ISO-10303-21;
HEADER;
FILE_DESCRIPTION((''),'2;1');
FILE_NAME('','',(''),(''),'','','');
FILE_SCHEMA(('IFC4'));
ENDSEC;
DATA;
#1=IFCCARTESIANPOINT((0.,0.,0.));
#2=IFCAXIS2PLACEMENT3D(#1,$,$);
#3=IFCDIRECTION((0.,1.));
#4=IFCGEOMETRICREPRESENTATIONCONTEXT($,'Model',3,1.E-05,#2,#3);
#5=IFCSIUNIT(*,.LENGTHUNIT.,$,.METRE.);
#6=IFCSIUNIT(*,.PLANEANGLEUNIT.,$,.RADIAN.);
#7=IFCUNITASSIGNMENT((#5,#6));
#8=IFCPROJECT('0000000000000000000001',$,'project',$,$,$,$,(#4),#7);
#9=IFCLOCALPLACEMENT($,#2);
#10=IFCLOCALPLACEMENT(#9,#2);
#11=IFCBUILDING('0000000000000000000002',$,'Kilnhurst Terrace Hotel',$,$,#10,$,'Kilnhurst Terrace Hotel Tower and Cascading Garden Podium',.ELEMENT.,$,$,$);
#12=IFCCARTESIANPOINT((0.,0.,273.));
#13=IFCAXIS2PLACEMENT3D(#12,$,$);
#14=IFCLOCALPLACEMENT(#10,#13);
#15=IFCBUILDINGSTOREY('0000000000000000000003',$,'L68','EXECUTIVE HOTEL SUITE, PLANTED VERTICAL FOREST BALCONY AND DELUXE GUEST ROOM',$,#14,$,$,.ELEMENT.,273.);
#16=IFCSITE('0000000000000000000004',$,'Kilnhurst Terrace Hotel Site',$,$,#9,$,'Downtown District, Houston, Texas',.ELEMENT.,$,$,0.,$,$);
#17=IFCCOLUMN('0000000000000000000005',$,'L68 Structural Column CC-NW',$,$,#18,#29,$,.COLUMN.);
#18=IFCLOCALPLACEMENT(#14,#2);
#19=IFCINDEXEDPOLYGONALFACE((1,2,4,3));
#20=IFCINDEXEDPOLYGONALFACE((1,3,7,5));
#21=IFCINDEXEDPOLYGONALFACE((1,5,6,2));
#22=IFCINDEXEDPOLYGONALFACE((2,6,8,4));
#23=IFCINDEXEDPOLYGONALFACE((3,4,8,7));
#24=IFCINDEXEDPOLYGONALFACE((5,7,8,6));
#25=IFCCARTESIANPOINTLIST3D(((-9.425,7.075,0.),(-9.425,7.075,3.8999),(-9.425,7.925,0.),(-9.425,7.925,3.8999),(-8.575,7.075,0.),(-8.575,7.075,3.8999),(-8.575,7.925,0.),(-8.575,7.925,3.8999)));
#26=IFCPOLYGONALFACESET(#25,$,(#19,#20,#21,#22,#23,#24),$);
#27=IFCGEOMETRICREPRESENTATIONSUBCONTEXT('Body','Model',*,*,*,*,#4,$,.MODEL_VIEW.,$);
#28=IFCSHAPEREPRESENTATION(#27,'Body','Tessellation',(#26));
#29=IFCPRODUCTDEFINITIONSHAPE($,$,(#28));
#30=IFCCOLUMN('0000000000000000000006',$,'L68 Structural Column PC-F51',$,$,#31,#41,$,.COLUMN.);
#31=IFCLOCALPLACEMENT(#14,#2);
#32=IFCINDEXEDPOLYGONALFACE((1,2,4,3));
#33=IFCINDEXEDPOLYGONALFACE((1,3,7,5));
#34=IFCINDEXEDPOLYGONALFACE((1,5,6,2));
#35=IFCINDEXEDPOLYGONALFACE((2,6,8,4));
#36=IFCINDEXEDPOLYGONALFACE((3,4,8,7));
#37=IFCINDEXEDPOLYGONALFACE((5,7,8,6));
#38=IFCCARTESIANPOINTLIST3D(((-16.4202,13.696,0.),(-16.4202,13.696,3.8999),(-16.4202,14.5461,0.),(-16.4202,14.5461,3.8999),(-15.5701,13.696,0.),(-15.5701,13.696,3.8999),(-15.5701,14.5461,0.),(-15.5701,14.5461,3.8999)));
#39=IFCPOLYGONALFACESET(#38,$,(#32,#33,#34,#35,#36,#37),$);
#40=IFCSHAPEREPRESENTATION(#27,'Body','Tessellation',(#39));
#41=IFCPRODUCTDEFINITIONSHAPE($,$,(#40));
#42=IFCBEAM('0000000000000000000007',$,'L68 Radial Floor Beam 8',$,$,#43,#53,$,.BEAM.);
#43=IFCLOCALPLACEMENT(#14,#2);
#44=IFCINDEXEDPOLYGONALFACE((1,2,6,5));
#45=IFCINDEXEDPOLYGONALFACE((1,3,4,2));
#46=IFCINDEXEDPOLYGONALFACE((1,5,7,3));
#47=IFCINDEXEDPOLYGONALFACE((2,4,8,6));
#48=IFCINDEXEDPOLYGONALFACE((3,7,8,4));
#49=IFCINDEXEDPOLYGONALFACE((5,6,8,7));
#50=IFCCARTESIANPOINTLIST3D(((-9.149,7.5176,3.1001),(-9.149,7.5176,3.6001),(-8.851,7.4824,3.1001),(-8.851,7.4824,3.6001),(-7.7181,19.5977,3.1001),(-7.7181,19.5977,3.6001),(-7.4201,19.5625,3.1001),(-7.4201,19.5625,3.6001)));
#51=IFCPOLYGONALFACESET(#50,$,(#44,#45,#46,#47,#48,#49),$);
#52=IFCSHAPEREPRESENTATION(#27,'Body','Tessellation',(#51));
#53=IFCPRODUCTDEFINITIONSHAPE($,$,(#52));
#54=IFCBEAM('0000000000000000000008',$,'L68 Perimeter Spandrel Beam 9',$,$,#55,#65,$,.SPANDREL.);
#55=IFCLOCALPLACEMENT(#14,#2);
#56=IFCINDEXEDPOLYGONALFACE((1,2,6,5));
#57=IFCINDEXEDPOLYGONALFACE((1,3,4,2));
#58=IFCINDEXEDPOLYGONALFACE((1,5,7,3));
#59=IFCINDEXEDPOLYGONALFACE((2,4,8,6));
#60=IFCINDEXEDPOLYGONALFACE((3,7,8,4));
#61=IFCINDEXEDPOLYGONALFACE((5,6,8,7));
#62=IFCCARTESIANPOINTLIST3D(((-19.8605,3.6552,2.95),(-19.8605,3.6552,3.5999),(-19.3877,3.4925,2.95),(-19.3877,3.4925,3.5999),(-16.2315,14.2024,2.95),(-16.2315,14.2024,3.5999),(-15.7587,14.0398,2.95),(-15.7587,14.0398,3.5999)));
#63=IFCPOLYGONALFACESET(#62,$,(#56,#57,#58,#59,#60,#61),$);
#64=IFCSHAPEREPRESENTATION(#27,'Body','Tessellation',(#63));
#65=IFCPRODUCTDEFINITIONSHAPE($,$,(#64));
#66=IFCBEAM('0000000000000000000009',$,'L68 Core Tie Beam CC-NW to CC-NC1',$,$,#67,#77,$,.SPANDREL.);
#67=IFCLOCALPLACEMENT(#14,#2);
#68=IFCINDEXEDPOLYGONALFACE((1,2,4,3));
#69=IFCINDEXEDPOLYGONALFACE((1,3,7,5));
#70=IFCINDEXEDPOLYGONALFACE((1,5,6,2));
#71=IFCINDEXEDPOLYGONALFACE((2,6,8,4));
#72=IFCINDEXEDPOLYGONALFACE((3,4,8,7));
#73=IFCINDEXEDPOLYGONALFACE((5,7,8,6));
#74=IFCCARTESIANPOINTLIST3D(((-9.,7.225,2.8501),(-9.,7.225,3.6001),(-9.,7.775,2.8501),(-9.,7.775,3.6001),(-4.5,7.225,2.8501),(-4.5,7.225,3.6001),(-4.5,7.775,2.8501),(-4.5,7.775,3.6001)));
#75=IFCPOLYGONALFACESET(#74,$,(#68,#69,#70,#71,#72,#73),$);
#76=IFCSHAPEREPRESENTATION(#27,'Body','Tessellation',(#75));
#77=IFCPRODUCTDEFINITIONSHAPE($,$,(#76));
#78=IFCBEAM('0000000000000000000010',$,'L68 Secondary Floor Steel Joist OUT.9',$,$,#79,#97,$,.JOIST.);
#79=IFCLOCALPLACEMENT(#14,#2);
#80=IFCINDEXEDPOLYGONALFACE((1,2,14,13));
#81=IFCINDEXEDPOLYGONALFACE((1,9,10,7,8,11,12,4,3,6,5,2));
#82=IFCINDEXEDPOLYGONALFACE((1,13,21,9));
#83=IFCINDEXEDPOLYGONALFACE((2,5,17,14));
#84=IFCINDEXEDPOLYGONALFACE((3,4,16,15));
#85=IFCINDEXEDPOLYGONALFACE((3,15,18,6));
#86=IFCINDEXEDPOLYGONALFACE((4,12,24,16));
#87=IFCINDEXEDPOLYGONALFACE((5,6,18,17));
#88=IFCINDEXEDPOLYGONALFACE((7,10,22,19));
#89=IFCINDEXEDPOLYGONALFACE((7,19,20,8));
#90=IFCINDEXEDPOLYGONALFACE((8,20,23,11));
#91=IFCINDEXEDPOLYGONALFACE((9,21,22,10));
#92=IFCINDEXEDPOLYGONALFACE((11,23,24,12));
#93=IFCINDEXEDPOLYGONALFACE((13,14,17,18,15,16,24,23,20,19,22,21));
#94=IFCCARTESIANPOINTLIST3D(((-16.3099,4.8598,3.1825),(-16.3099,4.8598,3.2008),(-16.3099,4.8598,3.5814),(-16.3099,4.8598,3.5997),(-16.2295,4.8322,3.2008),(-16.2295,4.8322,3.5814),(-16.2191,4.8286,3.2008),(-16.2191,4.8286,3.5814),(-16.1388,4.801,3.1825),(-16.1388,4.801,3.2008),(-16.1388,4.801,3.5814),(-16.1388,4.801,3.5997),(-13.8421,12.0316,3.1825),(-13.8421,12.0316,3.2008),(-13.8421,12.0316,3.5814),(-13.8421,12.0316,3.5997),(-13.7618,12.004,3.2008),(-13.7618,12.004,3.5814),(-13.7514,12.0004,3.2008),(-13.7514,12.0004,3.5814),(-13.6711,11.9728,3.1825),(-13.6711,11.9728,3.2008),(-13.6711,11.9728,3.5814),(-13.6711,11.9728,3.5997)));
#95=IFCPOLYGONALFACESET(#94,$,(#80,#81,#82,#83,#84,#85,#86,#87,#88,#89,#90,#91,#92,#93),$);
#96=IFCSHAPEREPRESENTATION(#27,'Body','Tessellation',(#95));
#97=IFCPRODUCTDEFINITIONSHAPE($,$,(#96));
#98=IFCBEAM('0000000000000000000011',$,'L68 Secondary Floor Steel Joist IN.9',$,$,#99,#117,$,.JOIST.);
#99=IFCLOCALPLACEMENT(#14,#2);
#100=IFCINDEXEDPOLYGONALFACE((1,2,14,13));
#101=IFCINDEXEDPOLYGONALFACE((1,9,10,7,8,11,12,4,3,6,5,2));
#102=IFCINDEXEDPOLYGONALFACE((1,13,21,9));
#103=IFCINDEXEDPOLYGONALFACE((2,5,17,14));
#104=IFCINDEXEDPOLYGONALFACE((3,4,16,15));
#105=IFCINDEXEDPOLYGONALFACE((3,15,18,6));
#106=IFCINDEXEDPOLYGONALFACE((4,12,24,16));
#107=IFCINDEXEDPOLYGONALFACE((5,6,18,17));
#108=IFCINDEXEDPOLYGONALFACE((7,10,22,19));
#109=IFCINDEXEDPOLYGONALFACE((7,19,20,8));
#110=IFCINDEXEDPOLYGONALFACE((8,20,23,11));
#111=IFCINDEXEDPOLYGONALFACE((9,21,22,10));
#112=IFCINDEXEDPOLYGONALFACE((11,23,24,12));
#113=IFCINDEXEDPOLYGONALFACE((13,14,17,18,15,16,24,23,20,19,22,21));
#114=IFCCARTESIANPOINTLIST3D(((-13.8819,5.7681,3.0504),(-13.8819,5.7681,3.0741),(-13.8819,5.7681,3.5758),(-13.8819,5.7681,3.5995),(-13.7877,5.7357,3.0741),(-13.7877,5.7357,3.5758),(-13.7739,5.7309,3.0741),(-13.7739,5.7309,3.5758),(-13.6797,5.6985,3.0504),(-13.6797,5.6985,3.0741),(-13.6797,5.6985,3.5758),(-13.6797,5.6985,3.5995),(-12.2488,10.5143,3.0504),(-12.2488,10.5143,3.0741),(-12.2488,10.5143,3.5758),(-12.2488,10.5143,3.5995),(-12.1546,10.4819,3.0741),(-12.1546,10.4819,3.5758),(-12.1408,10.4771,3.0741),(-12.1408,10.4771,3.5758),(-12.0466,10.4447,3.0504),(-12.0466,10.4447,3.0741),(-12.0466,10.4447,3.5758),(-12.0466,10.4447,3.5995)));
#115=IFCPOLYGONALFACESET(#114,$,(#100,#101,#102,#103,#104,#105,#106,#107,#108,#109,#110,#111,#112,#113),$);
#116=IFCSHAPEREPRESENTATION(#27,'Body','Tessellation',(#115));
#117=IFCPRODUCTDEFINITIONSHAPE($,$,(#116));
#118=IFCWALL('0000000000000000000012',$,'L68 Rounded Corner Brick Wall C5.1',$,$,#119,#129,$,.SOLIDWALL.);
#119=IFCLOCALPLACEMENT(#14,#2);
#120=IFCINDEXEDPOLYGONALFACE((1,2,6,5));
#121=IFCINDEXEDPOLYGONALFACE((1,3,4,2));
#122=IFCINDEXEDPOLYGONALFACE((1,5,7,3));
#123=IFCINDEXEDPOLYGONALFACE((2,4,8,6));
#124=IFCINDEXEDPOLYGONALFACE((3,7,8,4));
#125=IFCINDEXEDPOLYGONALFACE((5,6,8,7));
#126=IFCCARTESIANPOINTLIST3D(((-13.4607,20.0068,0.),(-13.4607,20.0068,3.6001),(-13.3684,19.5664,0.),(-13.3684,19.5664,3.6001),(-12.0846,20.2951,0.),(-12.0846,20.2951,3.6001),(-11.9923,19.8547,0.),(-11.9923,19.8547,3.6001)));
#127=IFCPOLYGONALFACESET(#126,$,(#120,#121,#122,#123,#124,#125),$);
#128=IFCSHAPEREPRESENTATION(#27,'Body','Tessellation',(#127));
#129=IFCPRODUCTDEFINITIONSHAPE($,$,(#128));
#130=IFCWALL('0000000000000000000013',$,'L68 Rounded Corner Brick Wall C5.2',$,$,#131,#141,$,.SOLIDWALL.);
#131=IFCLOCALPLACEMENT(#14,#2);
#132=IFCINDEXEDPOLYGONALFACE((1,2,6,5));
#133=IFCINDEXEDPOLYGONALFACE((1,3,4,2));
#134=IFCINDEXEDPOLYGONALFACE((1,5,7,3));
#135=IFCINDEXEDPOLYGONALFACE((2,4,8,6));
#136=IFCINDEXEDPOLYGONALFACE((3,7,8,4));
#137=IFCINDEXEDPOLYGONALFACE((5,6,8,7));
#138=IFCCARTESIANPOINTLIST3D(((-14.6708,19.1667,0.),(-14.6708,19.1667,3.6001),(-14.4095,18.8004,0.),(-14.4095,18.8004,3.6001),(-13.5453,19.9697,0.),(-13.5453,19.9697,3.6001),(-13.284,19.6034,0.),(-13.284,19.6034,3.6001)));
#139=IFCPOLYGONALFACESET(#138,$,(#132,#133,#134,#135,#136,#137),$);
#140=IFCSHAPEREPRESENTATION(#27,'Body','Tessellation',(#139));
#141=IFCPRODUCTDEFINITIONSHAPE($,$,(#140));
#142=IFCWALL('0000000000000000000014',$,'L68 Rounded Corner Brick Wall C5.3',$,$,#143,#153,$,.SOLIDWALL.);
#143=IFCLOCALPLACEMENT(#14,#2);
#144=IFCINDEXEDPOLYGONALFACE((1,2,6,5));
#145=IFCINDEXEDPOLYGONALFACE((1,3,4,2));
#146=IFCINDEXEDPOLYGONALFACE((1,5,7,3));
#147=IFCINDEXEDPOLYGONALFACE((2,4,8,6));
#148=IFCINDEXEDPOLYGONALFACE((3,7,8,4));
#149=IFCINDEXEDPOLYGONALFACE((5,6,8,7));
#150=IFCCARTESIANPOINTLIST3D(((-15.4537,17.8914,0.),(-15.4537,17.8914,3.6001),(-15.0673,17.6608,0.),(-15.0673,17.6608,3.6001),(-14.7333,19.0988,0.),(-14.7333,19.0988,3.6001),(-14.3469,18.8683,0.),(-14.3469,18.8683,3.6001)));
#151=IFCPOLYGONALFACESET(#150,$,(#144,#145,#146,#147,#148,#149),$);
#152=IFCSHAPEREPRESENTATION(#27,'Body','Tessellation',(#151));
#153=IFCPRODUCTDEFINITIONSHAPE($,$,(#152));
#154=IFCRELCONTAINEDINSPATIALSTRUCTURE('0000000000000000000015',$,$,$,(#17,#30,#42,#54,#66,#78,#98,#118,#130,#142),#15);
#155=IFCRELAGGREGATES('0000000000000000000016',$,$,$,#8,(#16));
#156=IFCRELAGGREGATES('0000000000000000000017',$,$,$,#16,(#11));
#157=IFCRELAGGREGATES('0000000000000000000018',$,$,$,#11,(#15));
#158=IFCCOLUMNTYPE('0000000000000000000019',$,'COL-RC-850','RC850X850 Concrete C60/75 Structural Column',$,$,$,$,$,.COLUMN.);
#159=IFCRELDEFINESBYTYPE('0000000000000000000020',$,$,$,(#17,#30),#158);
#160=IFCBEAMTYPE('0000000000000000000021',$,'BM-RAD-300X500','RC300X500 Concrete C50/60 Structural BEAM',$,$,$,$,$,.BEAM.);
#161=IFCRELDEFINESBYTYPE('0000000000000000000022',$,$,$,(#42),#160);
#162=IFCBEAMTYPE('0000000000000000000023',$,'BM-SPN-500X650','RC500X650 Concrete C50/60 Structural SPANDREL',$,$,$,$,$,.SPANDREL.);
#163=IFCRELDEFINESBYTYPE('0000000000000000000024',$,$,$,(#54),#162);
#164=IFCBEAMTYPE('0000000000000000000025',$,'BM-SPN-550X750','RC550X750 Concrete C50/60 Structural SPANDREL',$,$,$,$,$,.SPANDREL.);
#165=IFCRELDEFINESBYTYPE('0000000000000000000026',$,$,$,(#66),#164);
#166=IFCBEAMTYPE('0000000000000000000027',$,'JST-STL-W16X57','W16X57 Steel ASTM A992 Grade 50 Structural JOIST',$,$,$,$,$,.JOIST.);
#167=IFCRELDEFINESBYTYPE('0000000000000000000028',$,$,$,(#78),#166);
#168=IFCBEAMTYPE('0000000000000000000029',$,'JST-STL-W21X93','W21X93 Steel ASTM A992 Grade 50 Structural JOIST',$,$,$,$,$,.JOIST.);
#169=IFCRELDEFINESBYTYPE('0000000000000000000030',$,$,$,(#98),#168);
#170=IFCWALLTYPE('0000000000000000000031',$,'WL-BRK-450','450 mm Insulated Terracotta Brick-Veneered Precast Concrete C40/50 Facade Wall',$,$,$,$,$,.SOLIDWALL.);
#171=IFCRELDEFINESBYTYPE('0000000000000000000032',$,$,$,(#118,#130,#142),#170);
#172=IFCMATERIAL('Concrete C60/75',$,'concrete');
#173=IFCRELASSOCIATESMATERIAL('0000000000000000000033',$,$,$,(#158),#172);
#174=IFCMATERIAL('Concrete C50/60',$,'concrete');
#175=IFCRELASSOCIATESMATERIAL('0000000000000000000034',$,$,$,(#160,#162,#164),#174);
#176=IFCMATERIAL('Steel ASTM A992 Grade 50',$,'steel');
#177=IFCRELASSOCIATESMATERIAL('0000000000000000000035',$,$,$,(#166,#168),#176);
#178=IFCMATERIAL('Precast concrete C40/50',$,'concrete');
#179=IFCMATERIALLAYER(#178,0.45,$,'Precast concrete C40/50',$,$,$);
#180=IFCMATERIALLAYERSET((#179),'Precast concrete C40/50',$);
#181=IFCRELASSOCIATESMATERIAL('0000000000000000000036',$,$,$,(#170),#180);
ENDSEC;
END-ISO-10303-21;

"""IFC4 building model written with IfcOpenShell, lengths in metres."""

from ifc_helpers import new_model, si_unit, direction, frame, frame_2d, origin, origin_2d, place, context, subcontext, project, spatial, rectangle, i_section, extrude, material, layer, layer_set, material_profile, profile_set, type_object, element, save


model = new_model("IFC4")

# Units and contexts
model_context = context("Model", 3, precision=1e-05, world=origin(), true_north=direction((0.0, 1.0)))
body_context = subcontext(model_context, "Body", "Model", "MODEL_VIEW")
ifc_project = project(units=[si_unit("LENGTHUNIT", "METRE"), si_unit("PLANEANGLEUNIT", "RADIAN")], contexts=[model_context])

# Site, building, storey
site_placement = place(None, origin())
site = spatial("IfcSite", under=ifc_project, at=site_placement, Name="Kilnhurst Terrace Hotel Site", LongName="Downtown District, Houston, Texas", CompositionType="ELEMENT", RefElevation=0.0)
building_placement = place(site_placement, origin())
building = spatial("IfcBuilding", under=site, at=building_placement, Name="Kilnhurst Terrace Hotel", LongName="Kilnhurst Terrace Hotel Tower and Cascading Garden Podium", CompositionType="ELEMENT")
storey_placement = place(building_placement, frame((0.0, 0.0, 273.0)))
storey = spatial("IfcBuildingStorey", under=building, at=storey_placement, Name="L68", Description="EXECUTIVE HOTEL SUITE, PLANTED VERTICAL FOREST BALCONY AND DELUXE GUEST ROOM", CompositionType="ELEMENT", Elevation=273.0)

# Columns
ifc_material_1 = material(Name="Concrete C60/75", Category="concrete")
ifc_material_profile_1 = material_profile(ifc_material_1, rectangle(XDim=0.8501, YDim=0.8501, at=origin_2d()), Name="RC850X850")
ifc_profile_set_1 = profile_set([ifc_material_profile_1], Name="Concrete C60/75")
column_type = type_object("IfcColumnType", Name="COL-RC-850", Description="RC850X850 Concrete C60/75 Structural Column", PredefinedType="COLUMN", material=ifc_profile_set_1)
for number, where, z_axis, x_axis, name in (
    (1, (-9.0, 7.5, 0.0), (0.0, 0.0, 1.0), (1.0, 0.0, 0.0), "L68 Structural Column CC-NW"),
    (2, (-15.9951, 14.1211, 0.0), (0.0, 0.0, 1.0), (1.0, 0.0, 0.0), "L68 Structural Column PC-F51"),
):
    element("IfcColumn", number, at=place(storey_placement, frame(where, z_axis=z_axis, x_axis=x_axis)), inside=storey, type_object=column_type, Name=name, PredefinedType="COLUMN", context=body_context, shape_type="SweptSolid", body=[
        extrude(rectangle(XDim=0.8501, YDim=0.8501, at=origin_2d()), origin(), (0.0, 0.0, 1.0), 3.8999),
    ])

# Beams
ifc_material_2 = material(Name="Concrete C50/60", Category="concrete")
ifc_material_profile_2 = material_profile(ifc_material_2, rectangle(XDim=0.3, YDim=0.5, at=origin_2d()), Name="RC300X500")
ifc_profile_set_2 = profile_set([ifc_material_profile_2], Name="Concrete C50/60")
beam_type_1 = type_object("IfcBeamType", Name="BM-RAD-300X500", Description="RC300X500 Concrete C50/60 Structural BEAM", PredefinedType="BEAM", material=ifc_profile_set_2)
beam_1_placement = place(storey_placement, frame((-9.0, 7.5, 3.3501), z_axis=(0.11763, 0.993058, 0.0), x_axis=(-0.993058, 0.11763, 0.0)))
element("IfcBeam", 3, at=beam_1_placement, inside=storey, type_object=beam_type_1, Name="L68 Radial Floor Beam 8", PredefinedType="BEAM", context=body_context, shape_type="SweptSolid", body=[
    extrude(rectangle(XDim=0.3, YDim=0.5, at=origin_2d()), origin(), (0.0, 0.0, 1.0), 12.1646),
])
ifc_material_profile_3 = material_profile(ifc_material_2, rectangle(XDim=0.5, YDim=0.6499, at=origin_2d()), Name="RC500X650")
ifc_profile_set_3 = profile_set([ifc_material_profile_3], Name="Concrete C50/60")
beam_type_2 = type_object("IfcBeamType", Name="BM-SPN-500X650", Description="RC500X650 Concrete C50/60 Structural SPANDREL", PredefinedType="SPANDREL", material=ifc_profile_set_3)
beam_2_placement = place(storey_placement, frame((-15.9951, 14.1211, 3.2749), z_axis=(-0.325347, -0.945595, 0.0), x_axis=(0.945595, -0.325347, 0.0)))
element("IfcBeam", 4, at=beam_2_placement, inside=storey, type_object=beam_type_2, Name="L68 Perimeter Spandrel Beam 9", PredefinedType="SPANDREL", context=body_context, shape_type="SweptSolid", body=[
    extrude(rectangle(XDim=0.5, YDim=0.6499, at=origin_2d()), origin(), (0.0, 0.0, 1.0), 11.1541),
])
ifc_material_profile_4 = material_profile(ifc_material_2, rectangle(XDim=0.55, YDim=0.75, at=origin_2d()), Name="RC550X750")
ifc_profile_set_4 = profile_set([ifc_material_profile_4], Name="Concrete C50/60")
beam_type_3 = type_object("IfcBeamType", Name="BM-SPN-550X750", Description="RC550X750 Concrete C50/60 Structural SPANDREL", PredefinedType="SPANDREL", material=ifc_profile_set_4)
beam_3_placement = place(storey_placement, frame((-9.0, 7.5, 3.2251), z_axis=(1.0, 0.0, 0.0), x_axis=(0.0, 1.0, 0.0)))
element("IfcBeam", 5, at=beam_3_placement, inside=storey, type_object=beam_type_3, Name="L68 Core Tie Beam CC-NW to CC-NC1", PredefinedType="SPANDREL", context=body_context, shape_type="SweptSolid", body=[
    extrude(rectangle(XDim=0.55, YDim=0.75, at=origin_2d()), origin(), (0.0, 0.0, 1.0), 4.5),
])
ifc_material_3 = material(Name="Steel ASTM A992 Grade 50", Category="steel")
ifc_material_profile_5 = material_profile(ifc_material_3, i_section(OverallWidth=0.1809, OverallDepth=0.4172, WebThickness=0.011, FlangeThickness=0.0183, at=origin_2d()), Name="W16X57")
ifc_profile_set_5 = profile_set([ifc_material_profile_5], Name="Steel ASTM A992 Grade 50")
beam_type_4 = type_object("IfcBeamType", Name="JST-STL-W16X57", Description="W16X57 Steel ASTM A992 Grade 50 Structural JOIST", PredefinedType="JOIST", material=ifc_profile_set_5)
beam_4_placement = place(storey_placement, frame((-13.7566, 12.0022, 3.3911), z_axis=(-0.325368, -0.945588, 0.0), x_axis=(0.945588, -0.325368, 0.0)))
element("IfcBeam", 6, at=beam_4_placement, inside=storey, type_object=beam_type_4, Name="L68 Secondary Floor Steel Joist OUT.9", PredefinedType="JOIST", context=body_context, shape_type="SweptSolid", body=[
    extrude(i_section(OverallWidth=0.1809, OverallDepth=0.4172, WebThickness=0.011, FlangeThickness=0.0183, at=origin_2d()), origin(), (0.0, 0.0, 1.0), 7.5845),
])
ifc_material_profile_6 = material_profile(ifc_material_3, i_section(OverallWidth=0.2139, OverallDepth=0.5491, WebThickness=0.0146, FlangeThickness=0.0237, at=origin_2d()), Name="W21X93")
ifc_profile_set_6 = profile_set([ifc_material_profile_6], Name="Steel ASTM A992 Grade 50")
beam_type_5 = type_object("IfcBeamType", Name="JST-STL-W21X93", Description="W21X93 Steel ASTM A992 Grade 50 Structural JOIST", PredefinedType="JOIST", material=ifc_profile_set_6)
beam_5_placement = place(storey_placement, frame((-12.1477, 10.4795, 3.325), z_axis=(-0.325363, -0.945589, 0.0), x_axis=(0.945589, -0.325363, 0.0)))
element("IfcBeam", 7, at=beam_5_placement, inside=storey, type_object=beam_type_5, Name="L68 Secondary Floor Steel Joist IN.9", PredefinedType="JOIST", context=body_context, shape_type="SweptSolid", body=[
    extrude(i_section(OverallWidth=0.2139, OverallDepth=0.5491, WebThickness=0.0146, FlangeThickness=0.0237, at=origin_2d()), origin(), (0.0, 0.0, 1.0), 5.0193),
])

# Walls
ifc_material_4 = material(Name="Precast concrete C40/50", Category="concrete")
ifc_layer_1 = layer(ifc_material_4, 0.45, Name="Precast concrete C40/50")
ifc_layer_set_1 = layer_set([ifc_layer_1], Name="Precast concrete C40/50")
wall_type_1 = type_object("IfcWallType", Name="WL-BRK-450", Description="450 mm Insulated Terracotta Brick-Veneered Precast Concrete C40/50 Facade Wall", PredefinedType="SOLIDWALL", material=ifc_layer_set_1)
wall_1_placement = place(storey_placement, frame((-12.0383, 20.075, 0.0), z_axis=(0.0, 0.0, 1.0), x_axis=(-0.97875, -0.205057, 0.0)))
element("IfcWall", 8, at=wall_1_placement, inside=storey, type_object=wall_type_1, Name="L68 Rounded Corner Brick Wall C5.1", PredefinedType="SOLIDWALL", context=body_context, shape_type="SweptSolid", body=[
    extrude(rectangle(XDim=1.406, YDim=0.45, at=frame_2d((0.7031, 0.0))), origin(), (0.0, 0.0, 1.0), 3.6001),
])
wall_2_placement = place(storey_placement, frame((-13.4146, 19.7866, 0.0), z_axis=(0.0, 0.0, 1.0), x_axis=(-0.814055, -0.580787, 0.0)))
element("IfcWall", 9, at=wall_2_placement, inside=storey, type_object=wall_type_1, Name="L68 Rounded Corner Brick Wall C5.2", PredefinedType="SOLIDWALL", context=body_context, shape_type="SweptSolid", body=[
    extrude(rectangle(XDim=1.3826, YDim=0.45, at=frame_2d((0.6914, 0.0))), origin(), (0.0, 0.0, 1.0), 3.6001),
])
wall_3_placement = place(storey_placement, frame((-14.54, 18.9836, 0.0), z_axis=(0.0, 0.0, 1.0), x_axis=(-0.512375, -0.858762, 0.0)))
element("IfcWall", 10, at=wall_3_placement, inside=storey, type_object=wall_type_1, Name="L68 Rounded Corner Brick Wall C5.3", PredefinedType="SOLIDWALL", context=body_context, shape_type="SweptSolid", body=[
    extrude(rectangle(XDim=1.406, YDim=0.45, at=frame_2d((0.7031, 0.0))), origin(), (0.0, 0.0, 1.0), 3.6001),
])

save(model, "model.ifc")
